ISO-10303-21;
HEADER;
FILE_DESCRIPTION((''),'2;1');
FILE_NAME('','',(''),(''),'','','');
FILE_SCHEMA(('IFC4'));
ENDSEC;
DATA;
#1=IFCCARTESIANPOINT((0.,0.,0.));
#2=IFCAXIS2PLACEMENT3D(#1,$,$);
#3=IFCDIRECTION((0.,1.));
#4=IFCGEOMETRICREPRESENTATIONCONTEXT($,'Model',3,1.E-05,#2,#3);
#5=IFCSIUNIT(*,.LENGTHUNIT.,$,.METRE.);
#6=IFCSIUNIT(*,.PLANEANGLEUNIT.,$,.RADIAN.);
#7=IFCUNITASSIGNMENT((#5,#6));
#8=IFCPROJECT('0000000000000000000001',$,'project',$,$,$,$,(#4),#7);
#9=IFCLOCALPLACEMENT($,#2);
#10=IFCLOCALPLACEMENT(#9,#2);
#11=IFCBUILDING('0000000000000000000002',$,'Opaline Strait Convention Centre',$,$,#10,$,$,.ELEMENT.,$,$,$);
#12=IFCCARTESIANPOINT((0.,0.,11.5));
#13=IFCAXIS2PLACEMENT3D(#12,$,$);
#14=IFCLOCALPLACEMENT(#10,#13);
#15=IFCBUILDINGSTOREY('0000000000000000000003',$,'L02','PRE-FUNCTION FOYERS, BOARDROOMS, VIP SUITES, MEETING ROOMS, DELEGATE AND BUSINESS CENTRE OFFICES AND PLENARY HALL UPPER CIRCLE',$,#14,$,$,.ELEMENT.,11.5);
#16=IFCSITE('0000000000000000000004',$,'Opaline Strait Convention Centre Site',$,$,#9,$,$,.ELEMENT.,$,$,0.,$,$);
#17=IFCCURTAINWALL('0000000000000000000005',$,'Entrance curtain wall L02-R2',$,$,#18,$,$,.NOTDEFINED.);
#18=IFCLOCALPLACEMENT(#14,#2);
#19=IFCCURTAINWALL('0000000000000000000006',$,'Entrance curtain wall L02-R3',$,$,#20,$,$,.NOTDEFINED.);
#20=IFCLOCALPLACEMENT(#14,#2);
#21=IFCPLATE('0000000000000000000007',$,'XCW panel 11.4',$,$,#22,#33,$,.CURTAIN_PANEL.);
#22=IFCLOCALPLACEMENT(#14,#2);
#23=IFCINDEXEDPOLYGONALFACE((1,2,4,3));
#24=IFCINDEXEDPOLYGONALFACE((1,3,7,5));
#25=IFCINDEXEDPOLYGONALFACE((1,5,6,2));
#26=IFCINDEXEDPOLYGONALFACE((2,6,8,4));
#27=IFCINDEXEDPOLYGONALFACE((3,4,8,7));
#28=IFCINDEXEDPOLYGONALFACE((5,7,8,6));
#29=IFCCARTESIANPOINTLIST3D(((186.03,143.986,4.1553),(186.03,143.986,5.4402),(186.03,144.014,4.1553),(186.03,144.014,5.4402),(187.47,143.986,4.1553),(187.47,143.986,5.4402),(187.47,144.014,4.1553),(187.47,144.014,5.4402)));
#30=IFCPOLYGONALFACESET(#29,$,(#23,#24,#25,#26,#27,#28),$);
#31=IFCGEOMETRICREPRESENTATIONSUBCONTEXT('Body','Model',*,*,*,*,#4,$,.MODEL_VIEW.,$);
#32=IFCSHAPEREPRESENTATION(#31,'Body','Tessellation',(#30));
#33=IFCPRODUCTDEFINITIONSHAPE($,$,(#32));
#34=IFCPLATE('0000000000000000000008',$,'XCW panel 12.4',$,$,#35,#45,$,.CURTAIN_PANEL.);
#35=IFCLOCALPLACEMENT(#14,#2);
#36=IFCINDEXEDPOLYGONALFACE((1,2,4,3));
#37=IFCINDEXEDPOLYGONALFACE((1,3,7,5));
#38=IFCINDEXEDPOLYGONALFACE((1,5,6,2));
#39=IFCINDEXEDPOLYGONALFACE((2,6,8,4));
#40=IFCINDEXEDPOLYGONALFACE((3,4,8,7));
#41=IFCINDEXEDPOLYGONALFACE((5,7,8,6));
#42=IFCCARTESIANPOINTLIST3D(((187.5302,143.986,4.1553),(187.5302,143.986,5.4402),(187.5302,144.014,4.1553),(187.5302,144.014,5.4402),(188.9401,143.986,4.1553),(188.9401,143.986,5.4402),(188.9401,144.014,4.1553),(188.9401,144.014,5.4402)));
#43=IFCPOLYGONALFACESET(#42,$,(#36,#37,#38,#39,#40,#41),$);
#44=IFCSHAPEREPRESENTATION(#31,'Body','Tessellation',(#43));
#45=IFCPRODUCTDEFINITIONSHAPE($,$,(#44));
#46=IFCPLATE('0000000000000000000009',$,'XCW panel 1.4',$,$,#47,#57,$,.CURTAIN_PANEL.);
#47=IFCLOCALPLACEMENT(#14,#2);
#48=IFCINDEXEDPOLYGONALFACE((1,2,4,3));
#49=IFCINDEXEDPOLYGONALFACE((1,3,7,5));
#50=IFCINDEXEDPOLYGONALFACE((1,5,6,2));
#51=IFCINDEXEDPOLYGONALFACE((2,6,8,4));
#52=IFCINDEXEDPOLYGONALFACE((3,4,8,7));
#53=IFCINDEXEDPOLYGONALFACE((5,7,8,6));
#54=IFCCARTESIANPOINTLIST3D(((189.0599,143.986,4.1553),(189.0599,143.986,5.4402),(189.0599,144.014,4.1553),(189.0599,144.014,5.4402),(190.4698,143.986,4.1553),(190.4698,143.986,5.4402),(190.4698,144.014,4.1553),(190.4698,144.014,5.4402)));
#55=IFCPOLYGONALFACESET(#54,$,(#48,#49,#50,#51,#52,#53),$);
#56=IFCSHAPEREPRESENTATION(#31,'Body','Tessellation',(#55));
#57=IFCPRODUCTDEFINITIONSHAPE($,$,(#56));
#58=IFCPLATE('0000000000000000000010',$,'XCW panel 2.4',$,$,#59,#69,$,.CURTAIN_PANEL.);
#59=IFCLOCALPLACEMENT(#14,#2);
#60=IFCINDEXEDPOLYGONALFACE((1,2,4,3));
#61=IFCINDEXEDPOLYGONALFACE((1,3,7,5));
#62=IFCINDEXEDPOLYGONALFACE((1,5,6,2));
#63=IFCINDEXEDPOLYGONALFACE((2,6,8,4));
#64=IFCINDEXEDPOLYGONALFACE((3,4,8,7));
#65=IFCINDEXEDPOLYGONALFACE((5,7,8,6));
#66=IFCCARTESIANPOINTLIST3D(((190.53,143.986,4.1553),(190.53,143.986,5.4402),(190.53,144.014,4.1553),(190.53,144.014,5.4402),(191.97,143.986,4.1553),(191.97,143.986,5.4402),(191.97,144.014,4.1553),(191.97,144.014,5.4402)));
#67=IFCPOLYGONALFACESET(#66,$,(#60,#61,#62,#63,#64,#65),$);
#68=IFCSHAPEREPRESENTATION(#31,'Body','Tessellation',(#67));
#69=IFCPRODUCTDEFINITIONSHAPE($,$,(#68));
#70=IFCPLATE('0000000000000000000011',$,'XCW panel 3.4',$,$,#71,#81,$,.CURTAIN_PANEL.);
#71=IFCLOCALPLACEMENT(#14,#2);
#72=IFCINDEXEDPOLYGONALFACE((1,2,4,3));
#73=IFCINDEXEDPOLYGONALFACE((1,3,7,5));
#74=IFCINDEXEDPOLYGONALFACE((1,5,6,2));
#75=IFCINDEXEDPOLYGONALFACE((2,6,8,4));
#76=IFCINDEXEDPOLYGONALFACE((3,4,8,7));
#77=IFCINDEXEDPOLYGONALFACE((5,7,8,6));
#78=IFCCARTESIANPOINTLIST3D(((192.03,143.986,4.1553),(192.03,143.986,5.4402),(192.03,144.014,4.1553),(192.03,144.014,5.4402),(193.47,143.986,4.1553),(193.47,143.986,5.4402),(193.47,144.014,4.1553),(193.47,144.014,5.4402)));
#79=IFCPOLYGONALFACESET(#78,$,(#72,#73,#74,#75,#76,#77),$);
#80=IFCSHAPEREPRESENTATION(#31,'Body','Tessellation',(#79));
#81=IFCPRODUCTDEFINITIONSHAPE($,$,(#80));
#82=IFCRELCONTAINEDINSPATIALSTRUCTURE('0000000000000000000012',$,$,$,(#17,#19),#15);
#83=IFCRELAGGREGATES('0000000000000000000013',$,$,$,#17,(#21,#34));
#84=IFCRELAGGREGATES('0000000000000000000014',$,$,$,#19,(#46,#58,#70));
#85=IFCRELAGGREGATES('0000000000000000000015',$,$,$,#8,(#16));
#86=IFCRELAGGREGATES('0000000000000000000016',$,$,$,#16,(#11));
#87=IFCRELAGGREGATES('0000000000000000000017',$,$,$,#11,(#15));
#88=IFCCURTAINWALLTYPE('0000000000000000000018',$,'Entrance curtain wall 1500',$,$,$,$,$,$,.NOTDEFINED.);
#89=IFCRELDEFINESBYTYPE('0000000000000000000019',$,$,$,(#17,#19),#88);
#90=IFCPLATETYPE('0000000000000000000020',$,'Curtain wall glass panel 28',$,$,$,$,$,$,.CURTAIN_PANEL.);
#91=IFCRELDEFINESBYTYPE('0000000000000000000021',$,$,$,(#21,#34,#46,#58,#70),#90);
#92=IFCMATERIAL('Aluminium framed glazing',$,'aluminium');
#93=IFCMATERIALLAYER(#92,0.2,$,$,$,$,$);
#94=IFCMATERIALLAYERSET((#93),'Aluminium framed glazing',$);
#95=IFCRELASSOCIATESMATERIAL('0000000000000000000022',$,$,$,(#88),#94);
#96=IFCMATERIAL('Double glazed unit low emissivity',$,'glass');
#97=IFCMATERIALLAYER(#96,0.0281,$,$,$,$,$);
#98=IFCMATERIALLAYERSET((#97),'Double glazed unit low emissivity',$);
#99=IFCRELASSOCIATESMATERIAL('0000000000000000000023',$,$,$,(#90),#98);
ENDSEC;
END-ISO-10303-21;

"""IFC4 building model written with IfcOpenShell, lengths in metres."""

from ifc_helpers import new_model, si_unit, direction, frame, origin, origin_2d, place, context, subcontext, project, spatial, rectangle, extrude, material, layer, layer_set, type_object, element, aggregate, save


model = new_model("IFC4")

# Units and contexts
model_context = context("Model", 3, precision=1e-05, world=origin(), true_north=direction((0.0, 1.0)))
body_context = subcontext(model_context, "Body", "Model", "MODEL_VIEW")
ifc_project = project(units=[si_unit("LENGTHUNIT", "METRE"), si_unit("PLANEANGLEUNIT", "RADIAN")], contexts=[model_context])

# Site, building, storey
site_placement = place(None, origin())
site = spatial("IfcSite", under=ifc_project, at=site_placement, Name="Opaline Strait Convention Centre Site", CompositionType="ELEMENT", RefElevation=0.0)
building_placement = place(site_placement, origin())
building = spatial("IfcBuilding", under=site, at=building_placement, Name="Opaline Strait Convention Centre", CompositionType="ELEMENT")
storey_placement = place(building_placement, frame((0.0, 0.0, 11.5)))
storey = spatial("IfcBuildingStorey", under=building, at=storey_placement, Name="L02", Description="PRE-FUNCTION FOYERS, BOARDROOMS, VIP SUITES, MEETING ROOMS, DELEGATE AND BUSINESS CENTRE OFFICES AND PLENARY HALL UPPER CIRCLE", CompositionType="ELEMENT", Elevation=11.5)

# Curtain walls
ifc_material_1 = material(Name="Aluminium framed glazing", Category="aluminium")
ifc_layer_1 = layer(ifc_material_1, 0.2)
ifc_layer_set_1 = layer_set([ifc_layer_1], Name="Aluminium framed glazing")
curtain_wall_type = type_object("IfcCurtainWallType", Name="Entrance curtain wall 1500", PredefinedType="NOTDEFINED", material=ifc_layer_set_1)
curtain_wall_1_placement = place(storey_placement, origin())
curtain_wall_1 = element("IfcCurtainWall", 1, at=curtain_wall_1_placement, inside=storey, type_object=curtain_wall_type, Name="Entrance curtain wall L02-R2", PredefinedType="NOTDEFINED")
curtain_wall_2_placement = place(storey_placement, origin())
curtain_wall_2 = element("IfcCurtainWall", 2, at=curtain_wall_2_placement, inside=storey, type_object=curtain_wall_type, Name="Entrance curtain wall L02-R3", PredefinedType="NOTDEFINED")

# Plates
ifc_material_2 = material(Name="Double glazed unit low emissivity", Category="glass")
ifc_layer_2 = layer(ifc_material_2, 0.0281)
ifc_layer_set_2 = layer_set([ifc_layer_2], Name="Double glazed unit low emissivity")
plate_type = type_object("IfcPlateType", Name="Curtain wall glass panel 28", PredefinedType="CURTAIN_PANEL", material=ifc_layer_set_2)
plate_1_placement = place(storey_placement, frame((186.75, 144.0, 4.1553), z_axis=(0.0, 0.0, 1.0), x_axis=(1.0, 0.0, 0.0)))
plate_1 = element("IfcPlate", 3, at=plate_1_placement, type_object=plate_type, Name="XCW panel 11.4", PredefinedType="CURTAIN_PANEL", context=body_context, shape_type="SweptSolid", body=[
    extrude(rectangle(XDim=1.4399, YDim=0.0281, at=origin_2d()), origin(), (0.0, 0.0, 1.0), 1.2849),
])
plate_2_placement = place(storey_placement, frame((188.2351, 144.0, 4.1553), z_axis=(0.0, 0.0, 1.0), x_axis=(1.0, 0.0, 0.0)))
plate_2 = element("IfcPlate", 4, at=plate_2_placement, type_object=plate_type, Name="XCW panel 12.4", PredefinedType="CURTAIN_PANEL", context=body_context, shape_type="SweptSolid", body=[
    extrude(rectangle(XDim=1.4099, YDim=0.0281, at=origin_2d()), origin(), (0.0, 0.0, 1.0), 1.2849),
])
aggregate(curtain_wall_1, [plate_1, plate_2])
plate_3_placement = place(storey_placement, frame((189.7649, 144.0, 4.1553), z_axis=(0.0, 0.0, 1.0), x_axis=(1.0, 0.0, 0.0)))
plate_3 = element("IfcPlate", 5, at=plate_3_placement, type_object=plate_type, Name="XCW panel 1.4", PredefinedType="CURTAIN_PANEL", context=body_context, shape_type="SweptSolid", body=[
    extrude(rectangle(XDim=1.4099, YDim=0.0281, at=origin_2d()), origin(), (0.0, 0.0, 1.0), 1.2849),
])
plate_4_placement = place(storey_placement, frame((191.25, 144.0, 4.1553), z_axis=(0.0, 0.0, 1.0), x_axis=(1.0, 0.0, 0.0)))
plate_4 = element("IfcPlate", 6, at=plate_4_placement, type_object=plate_type, Name="XCW panel 2.4", PredefinedType="CURTAIN_PANEL", context=body_context, shape_type="SweptSolid", body=[
    extrude(rectangle(XDim=1.4399, YDim=0.0281, at=origin_2d()), origin(), (0.0, 0.0, 1.0), 1.2849),
])
plate_5_placement = place(storey_placement, frame((192.75, 144.0, 4.1553), z_axis=(0.0, 0.0, 1.0), x_axis=(1.0, 0.0, 0.0)))
plate_5 = element("IfcPlate", 7, at=plate_5_placement, type_object=plate_type, Name="XCW panel 3.4", PredefinedType="CURTAIN_PANEL", context=body_context, shape_type="SweptSolid", body=[
    extrude(rectangle(XDim=1.4399, YDim=0.0281, at=origin_2d()), origin(), (0.0, 0.0, 1.0), 1.2849),
])
aggregate(curtain_wall_2, [plate_3, plate_4, plate_5])

save(model, "model.ifc")
